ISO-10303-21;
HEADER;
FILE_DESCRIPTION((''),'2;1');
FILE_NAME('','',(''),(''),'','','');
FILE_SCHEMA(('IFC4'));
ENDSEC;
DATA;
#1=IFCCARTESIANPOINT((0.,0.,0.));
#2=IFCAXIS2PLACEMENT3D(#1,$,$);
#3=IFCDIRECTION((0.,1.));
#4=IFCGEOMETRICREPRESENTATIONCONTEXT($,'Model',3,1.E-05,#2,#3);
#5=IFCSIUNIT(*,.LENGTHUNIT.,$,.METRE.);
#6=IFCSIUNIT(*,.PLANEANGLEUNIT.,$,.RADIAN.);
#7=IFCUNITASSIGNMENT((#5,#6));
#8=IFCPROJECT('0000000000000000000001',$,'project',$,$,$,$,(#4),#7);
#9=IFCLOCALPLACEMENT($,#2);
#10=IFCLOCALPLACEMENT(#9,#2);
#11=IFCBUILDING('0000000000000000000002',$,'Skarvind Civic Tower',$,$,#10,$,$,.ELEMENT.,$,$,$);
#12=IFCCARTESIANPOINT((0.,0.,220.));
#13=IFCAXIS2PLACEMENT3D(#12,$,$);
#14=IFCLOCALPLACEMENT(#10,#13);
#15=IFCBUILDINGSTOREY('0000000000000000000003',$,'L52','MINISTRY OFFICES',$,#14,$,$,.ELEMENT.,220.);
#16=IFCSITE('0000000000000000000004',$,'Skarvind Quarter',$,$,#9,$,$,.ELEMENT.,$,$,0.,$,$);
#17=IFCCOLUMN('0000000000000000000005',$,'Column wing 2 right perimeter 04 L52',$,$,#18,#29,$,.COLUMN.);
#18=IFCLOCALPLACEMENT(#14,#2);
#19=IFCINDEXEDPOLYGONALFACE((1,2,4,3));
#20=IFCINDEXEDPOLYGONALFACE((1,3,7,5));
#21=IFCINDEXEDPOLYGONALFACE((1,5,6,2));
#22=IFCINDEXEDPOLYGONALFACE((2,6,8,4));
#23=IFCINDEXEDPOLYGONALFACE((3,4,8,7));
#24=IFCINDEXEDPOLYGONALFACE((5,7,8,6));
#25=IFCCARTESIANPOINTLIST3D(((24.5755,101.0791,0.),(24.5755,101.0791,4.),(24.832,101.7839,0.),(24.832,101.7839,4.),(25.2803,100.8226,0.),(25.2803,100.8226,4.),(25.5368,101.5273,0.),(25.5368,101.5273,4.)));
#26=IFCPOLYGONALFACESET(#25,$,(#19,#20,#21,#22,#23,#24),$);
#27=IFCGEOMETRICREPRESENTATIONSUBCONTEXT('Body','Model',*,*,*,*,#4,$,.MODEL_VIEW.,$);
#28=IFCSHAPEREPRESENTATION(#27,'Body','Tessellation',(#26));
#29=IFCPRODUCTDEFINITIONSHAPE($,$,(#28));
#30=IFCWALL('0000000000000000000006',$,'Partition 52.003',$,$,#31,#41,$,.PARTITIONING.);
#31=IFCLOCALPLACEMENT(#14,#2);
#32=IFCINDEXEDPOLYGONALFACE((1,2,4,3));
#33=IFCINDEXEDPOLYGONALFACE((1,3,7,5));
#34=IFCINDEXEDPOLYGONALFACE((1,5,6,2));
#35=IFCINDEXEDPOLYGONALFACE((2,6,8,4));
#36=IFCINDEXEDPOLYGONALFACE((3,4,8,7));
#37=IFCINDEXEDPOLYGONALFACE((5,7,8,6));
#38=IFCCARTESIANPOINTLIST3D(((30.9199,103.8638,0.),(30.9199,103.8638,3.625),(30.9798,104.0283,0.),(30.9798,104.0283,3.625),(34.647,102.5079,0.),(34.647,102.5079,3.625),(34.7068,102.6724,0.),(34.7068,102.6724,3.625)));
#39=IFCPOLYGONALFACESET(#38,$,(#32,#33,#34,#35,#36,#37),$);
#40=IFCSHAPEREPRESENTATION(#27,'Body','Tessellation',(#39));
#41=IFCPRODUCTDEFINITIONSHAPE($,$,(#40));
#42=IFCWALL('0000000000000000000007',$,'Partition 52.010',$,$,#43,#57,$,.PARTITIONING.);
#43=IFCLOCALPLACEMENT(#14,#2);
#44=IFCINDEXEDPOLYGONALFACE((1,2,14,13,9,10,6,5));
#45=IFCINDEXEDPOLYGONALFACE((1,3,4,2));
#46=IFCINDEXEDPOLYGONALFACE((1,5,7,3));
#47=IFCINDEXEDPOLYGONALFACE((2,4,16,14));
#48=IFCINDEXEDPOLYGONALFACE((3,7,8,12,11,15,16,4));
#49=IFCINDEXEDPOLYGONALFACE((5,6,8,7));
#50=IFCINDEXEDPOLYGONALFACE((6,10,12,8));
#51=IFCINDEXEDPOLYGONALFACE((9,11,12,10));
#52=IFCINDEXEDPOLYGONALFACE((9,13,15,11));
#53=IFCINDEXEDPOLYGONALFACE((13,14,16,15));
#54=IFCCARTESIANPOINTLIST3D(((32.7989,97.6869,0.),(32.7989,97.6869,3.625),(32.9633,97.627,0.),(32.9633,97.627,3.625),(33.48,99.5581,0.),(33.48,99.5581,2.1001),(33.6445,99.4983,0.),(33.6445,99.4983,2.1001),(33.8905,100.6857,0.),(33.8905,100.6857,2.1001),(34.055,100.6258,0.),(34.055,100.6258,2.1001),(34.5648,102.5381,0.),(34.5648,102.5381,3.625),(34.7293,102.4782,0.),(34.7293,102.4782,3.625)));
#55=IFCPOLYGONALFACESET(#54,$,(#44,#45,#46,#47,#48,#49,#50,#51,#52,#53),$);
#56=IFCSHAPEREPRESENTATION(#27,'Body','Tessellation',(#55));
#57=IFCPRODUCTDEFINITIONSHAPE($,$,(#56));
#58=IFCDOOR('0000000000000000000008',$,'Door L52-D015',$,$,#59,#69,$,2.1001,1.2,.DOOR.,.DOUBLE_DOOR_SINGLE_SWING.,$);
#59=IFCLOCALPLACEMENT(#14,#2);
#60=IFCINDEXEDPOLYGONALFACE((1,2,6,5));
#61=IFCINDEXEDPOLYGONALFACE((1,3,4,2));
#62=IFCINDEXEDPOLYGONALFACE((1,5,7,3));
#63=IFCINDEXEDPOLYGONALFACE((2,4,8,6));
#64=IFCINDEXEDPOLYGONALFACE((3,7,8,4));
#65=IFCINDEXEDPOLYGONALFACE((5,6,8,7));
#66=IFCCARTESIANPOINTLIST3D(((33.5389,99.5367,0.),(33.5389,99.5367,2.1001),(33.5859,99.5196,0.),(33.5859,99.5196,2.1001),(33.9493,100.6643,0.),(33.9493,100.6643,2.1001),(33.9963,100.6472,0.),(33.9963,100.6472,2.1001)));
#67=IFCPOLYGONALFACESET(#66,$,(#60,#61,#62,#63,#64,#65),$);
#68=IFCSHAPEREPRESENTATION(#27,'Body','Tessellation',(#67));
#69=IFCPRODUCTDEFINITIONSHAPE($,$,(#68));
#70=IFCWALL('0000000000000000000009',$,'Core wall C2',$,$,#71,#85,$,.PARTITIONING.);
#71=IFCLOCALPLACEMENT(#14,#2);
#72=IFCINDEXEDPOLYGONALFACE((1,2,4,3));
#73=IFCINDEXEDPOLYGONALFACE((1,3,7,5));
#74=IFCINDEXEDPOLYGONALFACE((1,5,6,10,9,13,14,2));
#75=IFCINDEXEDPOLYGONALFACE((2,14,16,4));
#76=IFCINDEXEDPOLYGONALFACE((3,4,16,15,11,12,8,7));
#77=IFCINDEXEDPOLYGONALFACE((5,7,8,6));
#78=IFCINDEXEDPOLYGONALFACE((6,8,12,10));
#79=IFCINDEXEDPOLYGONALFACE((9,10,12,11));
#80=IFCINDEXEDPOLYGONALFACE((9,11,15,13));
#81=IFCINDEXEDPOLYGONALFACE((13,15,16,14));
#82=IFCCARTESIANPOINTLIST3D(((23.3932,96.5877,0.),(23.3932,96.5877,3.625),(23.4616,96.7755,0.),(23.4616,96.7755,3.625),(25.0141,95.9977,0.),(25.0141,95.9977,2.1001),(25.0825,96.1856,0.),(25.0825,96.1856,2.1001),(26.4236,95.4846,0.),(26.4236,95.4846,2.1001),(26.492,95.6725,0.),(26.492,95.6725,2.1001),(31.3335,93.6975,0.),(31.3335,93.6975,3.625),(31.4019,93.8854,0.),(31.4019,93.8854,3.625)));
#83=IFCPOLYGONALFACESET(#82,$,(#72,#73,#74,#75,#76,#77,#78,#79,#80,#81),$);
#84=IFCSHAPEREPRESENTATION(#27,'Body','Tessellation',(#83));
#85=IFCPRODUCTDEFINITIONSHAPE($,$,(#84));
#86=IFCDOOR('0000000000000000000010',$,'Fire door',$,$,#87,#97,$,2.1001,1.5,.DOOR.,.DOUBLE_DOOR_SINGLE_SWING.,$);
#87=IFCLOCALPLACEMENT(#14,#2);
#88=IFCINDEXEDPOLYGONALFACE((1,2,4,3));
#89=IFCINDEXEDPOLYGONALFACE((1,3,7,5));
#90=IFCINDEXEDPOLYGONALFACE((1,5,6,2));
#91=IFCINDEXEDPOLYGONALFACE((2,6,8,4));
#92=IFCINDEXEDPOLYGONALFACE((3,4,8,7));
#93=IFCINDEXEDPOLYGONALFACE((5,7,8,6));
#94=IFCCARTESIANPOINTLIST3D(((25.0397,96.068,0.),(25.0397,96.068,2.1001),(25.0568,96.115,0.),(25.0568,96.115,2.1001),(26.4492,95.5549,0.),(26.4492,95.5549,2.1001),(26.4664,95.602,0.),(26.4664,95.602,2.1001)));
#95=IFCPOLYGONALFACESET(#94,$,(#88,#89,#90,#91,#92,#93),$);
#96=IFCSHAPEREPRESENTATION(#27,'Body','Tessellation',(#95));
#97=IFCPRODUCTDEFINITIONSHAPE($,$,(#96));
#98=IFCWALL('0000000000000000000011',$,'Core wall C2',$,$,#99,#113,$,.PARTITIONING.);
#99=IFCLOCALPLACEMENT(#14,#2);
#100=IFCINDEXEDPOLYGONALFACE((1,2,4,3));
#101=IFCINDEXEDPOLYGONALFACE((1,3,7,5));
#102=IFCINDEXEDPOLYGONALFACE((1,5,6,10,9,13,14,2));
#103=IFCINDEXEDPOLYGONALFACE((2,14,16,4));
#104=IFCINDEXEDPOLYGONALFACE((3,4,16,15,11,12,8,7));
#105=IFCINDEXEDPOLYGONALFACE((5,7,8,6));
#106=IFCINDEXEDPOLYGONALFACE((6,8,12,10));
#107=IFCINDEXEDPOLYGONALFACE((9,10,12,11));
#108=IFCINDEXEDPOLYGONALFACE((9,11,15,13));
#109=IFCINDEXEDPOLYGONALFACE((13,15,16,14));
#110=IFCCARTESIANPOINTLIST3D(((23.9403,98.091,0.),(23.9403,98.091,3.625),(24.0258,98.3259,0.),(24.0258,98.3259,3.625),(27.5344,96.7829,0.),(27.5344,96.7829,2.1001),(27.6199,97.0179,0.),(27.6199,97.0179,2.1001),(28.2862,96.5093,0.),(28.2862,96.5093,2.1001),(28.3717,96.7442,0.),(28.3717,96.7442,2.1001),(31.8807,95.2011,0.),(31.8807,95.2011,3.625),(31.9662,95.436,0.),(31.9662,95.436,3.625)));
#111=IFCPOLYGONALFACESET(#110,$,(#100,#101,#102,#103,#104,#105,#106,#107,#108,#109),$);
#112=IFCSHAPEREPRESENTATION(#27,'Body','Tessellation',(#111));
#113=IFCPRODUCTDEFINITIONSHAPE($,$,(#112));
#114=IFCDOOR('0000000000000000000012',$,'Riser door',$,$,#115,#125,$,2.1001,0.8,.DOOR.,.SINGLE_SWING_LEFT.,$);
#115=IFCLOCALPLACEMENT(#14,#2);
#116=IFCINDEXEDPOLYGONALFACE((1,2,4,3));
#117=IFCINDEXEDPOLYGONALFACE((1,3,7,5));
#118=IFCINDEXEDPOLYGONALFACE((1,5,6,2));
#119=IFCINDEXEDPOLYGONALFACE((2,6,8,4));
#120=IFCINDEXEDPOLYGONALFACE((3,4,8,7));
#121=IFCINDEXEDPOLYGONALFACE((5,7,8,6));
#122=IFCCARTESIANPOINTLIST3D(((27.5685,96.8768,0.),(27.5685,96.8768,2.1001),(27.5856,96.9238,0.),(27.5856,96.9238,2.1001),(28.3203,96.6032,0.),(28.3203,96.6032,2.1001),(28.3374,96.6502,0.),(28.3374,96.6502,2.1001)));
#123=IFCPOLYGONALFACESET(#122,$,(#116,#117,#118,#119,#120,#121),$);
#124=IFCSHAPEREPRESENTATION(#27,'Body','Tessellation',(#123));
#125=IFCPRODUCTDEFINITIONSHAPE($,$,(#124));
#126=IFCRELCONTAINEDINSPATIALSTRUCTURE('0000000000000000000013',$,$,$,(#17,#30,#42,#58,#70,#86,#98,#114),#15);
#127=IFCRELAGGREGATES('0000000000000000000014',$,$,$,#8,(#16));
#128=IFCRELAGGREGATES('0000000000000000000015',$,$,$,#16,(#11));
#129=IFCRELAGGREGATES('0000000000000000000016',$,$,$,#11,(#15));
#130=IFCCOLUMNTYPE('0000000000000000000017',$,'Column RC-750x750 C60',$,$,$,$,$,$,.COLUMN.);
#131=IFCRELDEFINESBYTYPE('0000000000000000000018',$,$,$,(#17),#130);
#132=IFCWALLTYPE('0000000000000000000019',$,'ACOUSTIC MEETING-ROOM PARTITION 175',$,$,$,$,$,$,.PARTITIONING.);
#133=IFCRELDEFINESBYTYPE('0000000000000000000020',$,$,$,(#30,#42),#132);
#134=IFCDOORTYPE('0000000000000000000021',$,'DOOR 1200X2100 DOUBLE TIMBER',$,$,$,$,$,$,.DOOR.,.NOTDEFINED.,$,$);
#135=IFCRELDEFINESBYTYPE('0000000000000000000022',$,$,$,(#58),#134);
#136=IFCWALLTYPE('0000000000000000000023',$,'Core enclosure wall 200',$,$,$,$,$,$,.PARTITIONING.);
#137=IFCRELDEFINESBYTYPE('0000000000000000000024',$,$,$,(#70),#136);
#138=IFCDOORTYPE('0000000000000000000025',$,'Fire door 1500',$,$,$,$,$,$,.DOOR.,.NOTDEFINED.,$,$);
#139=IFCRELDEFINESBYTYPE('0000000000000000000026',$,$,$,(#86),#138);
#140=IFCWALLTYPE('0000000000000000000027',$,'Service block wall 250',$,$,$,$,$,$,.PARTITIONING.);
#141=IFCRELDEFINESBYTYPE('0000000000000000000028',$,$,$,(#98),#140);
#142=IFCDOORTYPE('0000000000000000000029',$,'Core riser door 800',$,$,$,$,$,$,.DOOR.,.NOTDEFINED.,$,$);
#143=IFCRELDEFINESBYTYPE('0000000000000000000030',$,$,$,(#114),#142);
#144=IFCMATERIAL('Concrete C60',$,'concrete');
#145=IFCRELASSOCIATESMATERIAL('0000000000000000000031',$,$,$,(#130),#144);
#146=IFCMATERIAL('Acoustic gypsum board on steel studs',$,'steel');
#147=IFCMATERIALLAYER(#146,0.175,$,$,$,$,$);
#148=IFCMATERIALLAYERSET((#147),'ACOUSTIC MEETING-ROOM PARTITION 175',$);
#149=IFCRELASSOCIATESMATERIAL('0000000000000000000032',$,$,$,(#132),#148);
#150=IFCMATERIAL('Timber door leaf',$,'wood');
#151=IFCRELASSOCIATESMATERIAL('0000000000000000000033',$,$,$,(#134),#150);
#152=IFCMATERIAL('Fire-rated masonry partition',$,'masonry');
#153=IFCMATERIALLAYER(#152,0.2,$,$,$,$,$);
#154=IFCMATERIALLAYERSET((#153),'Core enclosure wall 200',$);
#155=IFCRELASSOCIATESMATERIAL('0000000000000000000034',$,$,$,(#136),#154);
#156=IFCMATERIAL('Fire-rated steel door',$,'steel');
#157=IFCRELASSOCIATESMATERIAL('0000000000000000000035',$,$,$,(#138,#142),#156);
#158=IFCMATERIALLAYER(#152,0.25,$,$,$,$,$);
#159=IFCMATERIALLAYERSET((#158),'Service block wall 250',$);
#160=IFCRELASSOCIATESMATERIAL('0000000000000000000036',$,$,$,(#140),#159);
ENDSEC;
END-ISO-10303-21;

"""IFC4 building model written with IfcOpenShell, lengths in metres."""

from ifc_helpers import new_model, si_unit, direction, frame, frame_2d, origin, origin_2d, place, context, subcontext, project, spatial, rectangle, extrude, material, layer, layer_set, material_profile, profile_set, type_object, element, fill, save


model = new_model("IFC4")

# Units and contexts
model_context = context("Model", 3, precision=1e-05, world=origin(), true_north=direction((0.0, 1.0)))
body_context = subcontext(model_context, "Body", "Model", "MODEL_VIEW")
ifc_project = project(units=[si_unit("LENGTHUNIT", "METRE"), si_unit("PLANEANGLEUNIT", "RADIAN")], contexts=[model_context])

# Site, building, storey
site_placement = place(None, origin())
site = spatial("IfcSite", under=ifc_project, at=site_placement, Name="Skarvind Quarter", CompositionType="ELEMENT", RefElevation=0.0)
building_placement = place(site_placement, origin())
building = spatial("IfcBuilding", under=site, at=building_placement, Name="Skarvind Civic Tower", CompositionType="ELEMENT")
storey_placement = place(building_placement, frame((0.0, 0.0, 220.0)))
storey = spatial("IfcBuildingStorey", under=building, at=storey_placement, Name="L52", Description="MINISTRY OFFICES", CompositionType="ELEMENT", Elevation=220.0)

# Column
ifc_material_1 = material(Name="Concrete C60", Category="concrete")
ifc_material_profile = material_profile(ifc_material_1, rectangle(XDim=0.75, YDim=0.75, at=origin_2d()), Name="RC-750x750")
ifc_profile_set = profile_set([ifc_material_profile], Name="Concrete C60")
column_type = type_object("IfcColumnType", Name="Column RC-750x750 C60", PredefinedType="COLUMN", material=ifc_profile_set)
column_placement = place(storey_placement, frame((25.0562, 101.3032, 0.0), z_axis=(0.0, 0.0, 1.0), x_axis=(-0.34202, -0.939693, 0.0)))
element("IfcColumn", 1, at=column_placement, inside=storey, type_object=column_type, Name="Column wing 2 right perimeter 04 L52", PredefinedType="COLUMN", context=body_context, shape_type="SweptSolid", body=[
    extrude(rectangle(XDim=0.75, YDim=0.75, at=origin_2d()), origin(), (0.0, 0.0, 1.0), 4.0),
])

# Wall
ifc_material_2 = material(Name="Acoustic gypsum board on steel studs", Category="steel")
ifc_layer_1 = layer(ifc_material_2, 0.175)
ifc_layer_set_1 = layer_set([ifc_layer_1], Name="ACOUSTIC MEETING-ROOM PARTITION 175")
wall_type_1 = type_object("IfcWallType", Name="ACOUSTIC MEETING-ROOM PARTITION 175", PredefinedType="PARTITIONING", material=ifc_layer_set_1)
wall_1_placement = place(storey_placement, frame((30.95, 103.946, 0.0), z_axis=(0.0, 0.0, 1.0), x_axis=(0.939739, -0.341891, 0.0)))
element("IfcWall", 2, at=wall_1_placement, inside=storey, type_object=wall_type_1, Name="Partition 52.003", PredefinedType="PARTITIONING", context=body_context, shape_type="SweptSolid", body=[
    extrude(rectangle(XDim=3.9661, YDim=0.175, at=frame_2d((1.9829, 0.0))), origin(), (0.0, 0.0, 1.0), 3.625),
])

# Walls, openings, doors
wall_2_placement = place(storey_placement, frame((32.8811, 97.657, 0.0), z_axis=(0.0, 0.0, 1.0), x_axis=(0.342058, 0.939679, 0.0)))
wall_2 = element("IfcWall", 3, at=wall_2_placement, inside=storey, type_object=wall_type_1, Name="Partition 52.010", PredefinedType="PARTITIONING", context=body_context, shape_type="SweptSolid", body=[
    extrude(rectangle(XDim=5.1626, YDim=0.175, at=frame_2d((2.5813, 0.0))), origin(), (0.0, 0.0, 1.0), 3.625),
])
opening_1_placement = place(wall_2_placement, frame((1.9912, 0.0, 0.0)))
opening_1 = element("IfcOpeningElement", 4, at=opening_1_placement, cuts=wall_2, PredefinedType="OPENING", context=body_context, shape_type="SweptSolid", body=[
    extrude(rectangle(XDim=1.2, YDim=2.1001, at=frame_2d((0.6001, 1.05))), frame((0.0, 0.0974, 0.0), z_axis=(0.0, -1.0, 0.0), x_axis=(1.0, 0.0, 0.0)), (0.0, 0.0, 1.0), 0.1951),
])
ifc_material_3 = material(Name="Timber door leaf", Category="wood")
door_type_1 = type_object("IfcDoorType", Name="DOOR 1200X2100 DOUBLE TIMBER", OperationType="NOTDEFINED", PredefinedType="DOOR", material=ifc_material_3)
door_1_placement = place(opening_1_placement, origin())
door_1 = element("IfcDoor", 5, at=door_1_placement, inside=storey, type_object=door_type_1, Name="Door L52-D015", OperationType="DOUBLE_DOOR_SINGLE_SWING", OverallHeight=2.1001, OverallWidth=1.2, PredefinedType="DOOR", context=body_context, shape_type="SweptSolid", body=[
    extrude(rectangle(XDim=1.2, YDim=2.1001, at=frame_2d((0.6001, 1.05))), frame((0.0, 0.0249, 0.0), z_axis=(0.0, -1.0, 0.0), x_axis=(1.0, 0.0, 0.0)), (0.0, 0.0, 1.0), 0.05),
])
fill(opening_1, door_1)
ifc_material_4 = material(Name="Fire-rated masonry partition", Category="masonry")
ifc_layer_2 = layer(ifc_material_4, 0.2)
ifc_layer_set_2 = layer_set([ifc_layer_2], Name="Core enclosure wall 200")
wall_type_2 = type_object("IfcWallType", Name="Core enclosure wall 200", PredefinedType="PARTITIONING", material=ifc_layer_set_2)
wall_3_placement = place(storey_placement, frame((23.4272, 96.6816, 0.0), z_axis=(0.0, 0.0, 1.0), x_axis=(0.93969, -0.342026, 0.0)))
wall_3 = element("IfcWall", 6, at=wall_3_placement, inside=storey, type_object=wall_type_2, Name="Core wall C2", PredefinedType="PARTITIONING", context=body_context, shape_type="SweptSolid", body=[
    extrude(rectangle(XDim=8.45, YDim=0.2, at=frame_2d((4.2251, 0.0))), origin(), (0.0, 0.0, 1.0), 3.625),
])
opening_2_placement = place(wall_3_placement, frame((1.7251, 0.0, 0.0)))
opening_2 = element("IfcOpeningElement", 7, at=opening_2_placement, cuts=wall_3, PredefinedType="OPENING", context=body_context, shape_type="SweptSolid", body=[
    extrude(rectangle(XDim=1.5, YDim=2.1001, at=frame_2d((0.75, 1.05))), frame((0.0, 0.1099, 0.0), z_axis=(0.0, -1.0, 0.0), x_axis=(1.0, 0.0, 0.0)), (0.0, 0.0, 1.0), 0.22),
])
ifc_material_5 = material(Name="Fire-rated steel door", Category="steel")
door_type_2 = type_object("IfcDoorType", Name="Fire door 1500", OperationType="NOTDEFINED", PredefinedType="DOOR", material=ifc_material_5)
door_2_placement = place(opening_2_placement, origin())
door_2 = element("IfcDoor", 8, at=door_2_placement, inside=storey, type_object=door_type_2, Name="Fire door", OperationType="DOUBLE_DOOR_SINGLE_SWING", OverallHeight=2.1001, OverallWidth=1.5, PredefinedType="DOOR", context=body_context, shape_type="SweptSolid", body=[
    extrude(rectangle(XDim=1.5, YDim=2.1001, at=frame_2d((0.75, 1.05))), frame((0.0, 0.0249, 0.0), z_axis=(0.0, -1.0, 0.0), x_axis=(1.0, 0.0, 0.0)), (0.0, 0.0, 1.0), 0.05),
])
fill(opening_2, door_2)
ifc_layer_3 = layer(ifc_material_4, 0.25)
ifc_layer_set_3 = layer_set([ifc_layer_3], Name="Service block wall 250")
wall_type_3 = type_object("IfcWallType", Name="Service block wall 250", PredefinedType="PARTITIONING", material=ifc_layer_set_3)
wall_4_placement = place(storey_placement, frame((23.9829, 98.2085, 0.0), z_axis=(0.0, 0.0, 1.0), x_axis=(0.9397, -0.342001, 0.0)))
wall_4 = element("IfcWall", 9, at=wall_4_placement, inside=storey, type_object=wall_type_3, Name="Core wall C2", PredefinedType="PARTITIONING", context=body_context, shape_type="SweptSolid", body=[
    extrude(rectangle(XDim=8.45, YDim=0.25, at=frame_2d((4.2251, 0.0))), origin(), (0.0, 0.0, 1.0), 3.625),
])
opening_3_placement = place(wall_4_placement, frame((3.825, 0.0, 0.0)))
opening_3 = element("IfcOpeningElement", 10, at=opening_3_placement, cuts=wall_4, PredefinedType="OPENING", context=body_context, shape_type="SweptSolid", body=[
    extrude(rectangle(XDim=0.8, YDim=2.1001, at=frame_2d((0.3999, 1.05))), frame((0.0, 0.135, 0.0), z_axis=(0.0, -1.0, 0.0), x_axis=(1.0, 0.0, 0.0)), (0.0, 0.0, 1.0), 0.27),
])
door_type_3 = type_object("IfcDoorType", Name="Core riser door 800", OperationType="NOTDEFINED", PredefinedType="DOOR", material=ifc_material_5)
door_3_placement = place(opening_3_placement, origin())
door_3 = element("IfcDoor", 11, at=door_3_placement, inside=storey, type_object=door_type_3, Name="Riser door", OperationType="SINGLE_SWING_LEFT", OverallHeight=2.1001, OverallWidth=0.8, PredefinedType="DOOR", context=body_context, shape_type="SweptSolid", body=[
    extrude(rectangle(XDim=0.8, YDim=2.1001, at=frame_2d((0.3999, 1.05))), frame((0.0, 0.0249, 0.0), z_axis=(0.0, -1.0, 0.0), x_axis=(1.0, 0.0, 0.0)), (0.0, 0.0, 1.0), 0.05),
])
fill(opening_3, door_3)

save(model, "model.ifc")
